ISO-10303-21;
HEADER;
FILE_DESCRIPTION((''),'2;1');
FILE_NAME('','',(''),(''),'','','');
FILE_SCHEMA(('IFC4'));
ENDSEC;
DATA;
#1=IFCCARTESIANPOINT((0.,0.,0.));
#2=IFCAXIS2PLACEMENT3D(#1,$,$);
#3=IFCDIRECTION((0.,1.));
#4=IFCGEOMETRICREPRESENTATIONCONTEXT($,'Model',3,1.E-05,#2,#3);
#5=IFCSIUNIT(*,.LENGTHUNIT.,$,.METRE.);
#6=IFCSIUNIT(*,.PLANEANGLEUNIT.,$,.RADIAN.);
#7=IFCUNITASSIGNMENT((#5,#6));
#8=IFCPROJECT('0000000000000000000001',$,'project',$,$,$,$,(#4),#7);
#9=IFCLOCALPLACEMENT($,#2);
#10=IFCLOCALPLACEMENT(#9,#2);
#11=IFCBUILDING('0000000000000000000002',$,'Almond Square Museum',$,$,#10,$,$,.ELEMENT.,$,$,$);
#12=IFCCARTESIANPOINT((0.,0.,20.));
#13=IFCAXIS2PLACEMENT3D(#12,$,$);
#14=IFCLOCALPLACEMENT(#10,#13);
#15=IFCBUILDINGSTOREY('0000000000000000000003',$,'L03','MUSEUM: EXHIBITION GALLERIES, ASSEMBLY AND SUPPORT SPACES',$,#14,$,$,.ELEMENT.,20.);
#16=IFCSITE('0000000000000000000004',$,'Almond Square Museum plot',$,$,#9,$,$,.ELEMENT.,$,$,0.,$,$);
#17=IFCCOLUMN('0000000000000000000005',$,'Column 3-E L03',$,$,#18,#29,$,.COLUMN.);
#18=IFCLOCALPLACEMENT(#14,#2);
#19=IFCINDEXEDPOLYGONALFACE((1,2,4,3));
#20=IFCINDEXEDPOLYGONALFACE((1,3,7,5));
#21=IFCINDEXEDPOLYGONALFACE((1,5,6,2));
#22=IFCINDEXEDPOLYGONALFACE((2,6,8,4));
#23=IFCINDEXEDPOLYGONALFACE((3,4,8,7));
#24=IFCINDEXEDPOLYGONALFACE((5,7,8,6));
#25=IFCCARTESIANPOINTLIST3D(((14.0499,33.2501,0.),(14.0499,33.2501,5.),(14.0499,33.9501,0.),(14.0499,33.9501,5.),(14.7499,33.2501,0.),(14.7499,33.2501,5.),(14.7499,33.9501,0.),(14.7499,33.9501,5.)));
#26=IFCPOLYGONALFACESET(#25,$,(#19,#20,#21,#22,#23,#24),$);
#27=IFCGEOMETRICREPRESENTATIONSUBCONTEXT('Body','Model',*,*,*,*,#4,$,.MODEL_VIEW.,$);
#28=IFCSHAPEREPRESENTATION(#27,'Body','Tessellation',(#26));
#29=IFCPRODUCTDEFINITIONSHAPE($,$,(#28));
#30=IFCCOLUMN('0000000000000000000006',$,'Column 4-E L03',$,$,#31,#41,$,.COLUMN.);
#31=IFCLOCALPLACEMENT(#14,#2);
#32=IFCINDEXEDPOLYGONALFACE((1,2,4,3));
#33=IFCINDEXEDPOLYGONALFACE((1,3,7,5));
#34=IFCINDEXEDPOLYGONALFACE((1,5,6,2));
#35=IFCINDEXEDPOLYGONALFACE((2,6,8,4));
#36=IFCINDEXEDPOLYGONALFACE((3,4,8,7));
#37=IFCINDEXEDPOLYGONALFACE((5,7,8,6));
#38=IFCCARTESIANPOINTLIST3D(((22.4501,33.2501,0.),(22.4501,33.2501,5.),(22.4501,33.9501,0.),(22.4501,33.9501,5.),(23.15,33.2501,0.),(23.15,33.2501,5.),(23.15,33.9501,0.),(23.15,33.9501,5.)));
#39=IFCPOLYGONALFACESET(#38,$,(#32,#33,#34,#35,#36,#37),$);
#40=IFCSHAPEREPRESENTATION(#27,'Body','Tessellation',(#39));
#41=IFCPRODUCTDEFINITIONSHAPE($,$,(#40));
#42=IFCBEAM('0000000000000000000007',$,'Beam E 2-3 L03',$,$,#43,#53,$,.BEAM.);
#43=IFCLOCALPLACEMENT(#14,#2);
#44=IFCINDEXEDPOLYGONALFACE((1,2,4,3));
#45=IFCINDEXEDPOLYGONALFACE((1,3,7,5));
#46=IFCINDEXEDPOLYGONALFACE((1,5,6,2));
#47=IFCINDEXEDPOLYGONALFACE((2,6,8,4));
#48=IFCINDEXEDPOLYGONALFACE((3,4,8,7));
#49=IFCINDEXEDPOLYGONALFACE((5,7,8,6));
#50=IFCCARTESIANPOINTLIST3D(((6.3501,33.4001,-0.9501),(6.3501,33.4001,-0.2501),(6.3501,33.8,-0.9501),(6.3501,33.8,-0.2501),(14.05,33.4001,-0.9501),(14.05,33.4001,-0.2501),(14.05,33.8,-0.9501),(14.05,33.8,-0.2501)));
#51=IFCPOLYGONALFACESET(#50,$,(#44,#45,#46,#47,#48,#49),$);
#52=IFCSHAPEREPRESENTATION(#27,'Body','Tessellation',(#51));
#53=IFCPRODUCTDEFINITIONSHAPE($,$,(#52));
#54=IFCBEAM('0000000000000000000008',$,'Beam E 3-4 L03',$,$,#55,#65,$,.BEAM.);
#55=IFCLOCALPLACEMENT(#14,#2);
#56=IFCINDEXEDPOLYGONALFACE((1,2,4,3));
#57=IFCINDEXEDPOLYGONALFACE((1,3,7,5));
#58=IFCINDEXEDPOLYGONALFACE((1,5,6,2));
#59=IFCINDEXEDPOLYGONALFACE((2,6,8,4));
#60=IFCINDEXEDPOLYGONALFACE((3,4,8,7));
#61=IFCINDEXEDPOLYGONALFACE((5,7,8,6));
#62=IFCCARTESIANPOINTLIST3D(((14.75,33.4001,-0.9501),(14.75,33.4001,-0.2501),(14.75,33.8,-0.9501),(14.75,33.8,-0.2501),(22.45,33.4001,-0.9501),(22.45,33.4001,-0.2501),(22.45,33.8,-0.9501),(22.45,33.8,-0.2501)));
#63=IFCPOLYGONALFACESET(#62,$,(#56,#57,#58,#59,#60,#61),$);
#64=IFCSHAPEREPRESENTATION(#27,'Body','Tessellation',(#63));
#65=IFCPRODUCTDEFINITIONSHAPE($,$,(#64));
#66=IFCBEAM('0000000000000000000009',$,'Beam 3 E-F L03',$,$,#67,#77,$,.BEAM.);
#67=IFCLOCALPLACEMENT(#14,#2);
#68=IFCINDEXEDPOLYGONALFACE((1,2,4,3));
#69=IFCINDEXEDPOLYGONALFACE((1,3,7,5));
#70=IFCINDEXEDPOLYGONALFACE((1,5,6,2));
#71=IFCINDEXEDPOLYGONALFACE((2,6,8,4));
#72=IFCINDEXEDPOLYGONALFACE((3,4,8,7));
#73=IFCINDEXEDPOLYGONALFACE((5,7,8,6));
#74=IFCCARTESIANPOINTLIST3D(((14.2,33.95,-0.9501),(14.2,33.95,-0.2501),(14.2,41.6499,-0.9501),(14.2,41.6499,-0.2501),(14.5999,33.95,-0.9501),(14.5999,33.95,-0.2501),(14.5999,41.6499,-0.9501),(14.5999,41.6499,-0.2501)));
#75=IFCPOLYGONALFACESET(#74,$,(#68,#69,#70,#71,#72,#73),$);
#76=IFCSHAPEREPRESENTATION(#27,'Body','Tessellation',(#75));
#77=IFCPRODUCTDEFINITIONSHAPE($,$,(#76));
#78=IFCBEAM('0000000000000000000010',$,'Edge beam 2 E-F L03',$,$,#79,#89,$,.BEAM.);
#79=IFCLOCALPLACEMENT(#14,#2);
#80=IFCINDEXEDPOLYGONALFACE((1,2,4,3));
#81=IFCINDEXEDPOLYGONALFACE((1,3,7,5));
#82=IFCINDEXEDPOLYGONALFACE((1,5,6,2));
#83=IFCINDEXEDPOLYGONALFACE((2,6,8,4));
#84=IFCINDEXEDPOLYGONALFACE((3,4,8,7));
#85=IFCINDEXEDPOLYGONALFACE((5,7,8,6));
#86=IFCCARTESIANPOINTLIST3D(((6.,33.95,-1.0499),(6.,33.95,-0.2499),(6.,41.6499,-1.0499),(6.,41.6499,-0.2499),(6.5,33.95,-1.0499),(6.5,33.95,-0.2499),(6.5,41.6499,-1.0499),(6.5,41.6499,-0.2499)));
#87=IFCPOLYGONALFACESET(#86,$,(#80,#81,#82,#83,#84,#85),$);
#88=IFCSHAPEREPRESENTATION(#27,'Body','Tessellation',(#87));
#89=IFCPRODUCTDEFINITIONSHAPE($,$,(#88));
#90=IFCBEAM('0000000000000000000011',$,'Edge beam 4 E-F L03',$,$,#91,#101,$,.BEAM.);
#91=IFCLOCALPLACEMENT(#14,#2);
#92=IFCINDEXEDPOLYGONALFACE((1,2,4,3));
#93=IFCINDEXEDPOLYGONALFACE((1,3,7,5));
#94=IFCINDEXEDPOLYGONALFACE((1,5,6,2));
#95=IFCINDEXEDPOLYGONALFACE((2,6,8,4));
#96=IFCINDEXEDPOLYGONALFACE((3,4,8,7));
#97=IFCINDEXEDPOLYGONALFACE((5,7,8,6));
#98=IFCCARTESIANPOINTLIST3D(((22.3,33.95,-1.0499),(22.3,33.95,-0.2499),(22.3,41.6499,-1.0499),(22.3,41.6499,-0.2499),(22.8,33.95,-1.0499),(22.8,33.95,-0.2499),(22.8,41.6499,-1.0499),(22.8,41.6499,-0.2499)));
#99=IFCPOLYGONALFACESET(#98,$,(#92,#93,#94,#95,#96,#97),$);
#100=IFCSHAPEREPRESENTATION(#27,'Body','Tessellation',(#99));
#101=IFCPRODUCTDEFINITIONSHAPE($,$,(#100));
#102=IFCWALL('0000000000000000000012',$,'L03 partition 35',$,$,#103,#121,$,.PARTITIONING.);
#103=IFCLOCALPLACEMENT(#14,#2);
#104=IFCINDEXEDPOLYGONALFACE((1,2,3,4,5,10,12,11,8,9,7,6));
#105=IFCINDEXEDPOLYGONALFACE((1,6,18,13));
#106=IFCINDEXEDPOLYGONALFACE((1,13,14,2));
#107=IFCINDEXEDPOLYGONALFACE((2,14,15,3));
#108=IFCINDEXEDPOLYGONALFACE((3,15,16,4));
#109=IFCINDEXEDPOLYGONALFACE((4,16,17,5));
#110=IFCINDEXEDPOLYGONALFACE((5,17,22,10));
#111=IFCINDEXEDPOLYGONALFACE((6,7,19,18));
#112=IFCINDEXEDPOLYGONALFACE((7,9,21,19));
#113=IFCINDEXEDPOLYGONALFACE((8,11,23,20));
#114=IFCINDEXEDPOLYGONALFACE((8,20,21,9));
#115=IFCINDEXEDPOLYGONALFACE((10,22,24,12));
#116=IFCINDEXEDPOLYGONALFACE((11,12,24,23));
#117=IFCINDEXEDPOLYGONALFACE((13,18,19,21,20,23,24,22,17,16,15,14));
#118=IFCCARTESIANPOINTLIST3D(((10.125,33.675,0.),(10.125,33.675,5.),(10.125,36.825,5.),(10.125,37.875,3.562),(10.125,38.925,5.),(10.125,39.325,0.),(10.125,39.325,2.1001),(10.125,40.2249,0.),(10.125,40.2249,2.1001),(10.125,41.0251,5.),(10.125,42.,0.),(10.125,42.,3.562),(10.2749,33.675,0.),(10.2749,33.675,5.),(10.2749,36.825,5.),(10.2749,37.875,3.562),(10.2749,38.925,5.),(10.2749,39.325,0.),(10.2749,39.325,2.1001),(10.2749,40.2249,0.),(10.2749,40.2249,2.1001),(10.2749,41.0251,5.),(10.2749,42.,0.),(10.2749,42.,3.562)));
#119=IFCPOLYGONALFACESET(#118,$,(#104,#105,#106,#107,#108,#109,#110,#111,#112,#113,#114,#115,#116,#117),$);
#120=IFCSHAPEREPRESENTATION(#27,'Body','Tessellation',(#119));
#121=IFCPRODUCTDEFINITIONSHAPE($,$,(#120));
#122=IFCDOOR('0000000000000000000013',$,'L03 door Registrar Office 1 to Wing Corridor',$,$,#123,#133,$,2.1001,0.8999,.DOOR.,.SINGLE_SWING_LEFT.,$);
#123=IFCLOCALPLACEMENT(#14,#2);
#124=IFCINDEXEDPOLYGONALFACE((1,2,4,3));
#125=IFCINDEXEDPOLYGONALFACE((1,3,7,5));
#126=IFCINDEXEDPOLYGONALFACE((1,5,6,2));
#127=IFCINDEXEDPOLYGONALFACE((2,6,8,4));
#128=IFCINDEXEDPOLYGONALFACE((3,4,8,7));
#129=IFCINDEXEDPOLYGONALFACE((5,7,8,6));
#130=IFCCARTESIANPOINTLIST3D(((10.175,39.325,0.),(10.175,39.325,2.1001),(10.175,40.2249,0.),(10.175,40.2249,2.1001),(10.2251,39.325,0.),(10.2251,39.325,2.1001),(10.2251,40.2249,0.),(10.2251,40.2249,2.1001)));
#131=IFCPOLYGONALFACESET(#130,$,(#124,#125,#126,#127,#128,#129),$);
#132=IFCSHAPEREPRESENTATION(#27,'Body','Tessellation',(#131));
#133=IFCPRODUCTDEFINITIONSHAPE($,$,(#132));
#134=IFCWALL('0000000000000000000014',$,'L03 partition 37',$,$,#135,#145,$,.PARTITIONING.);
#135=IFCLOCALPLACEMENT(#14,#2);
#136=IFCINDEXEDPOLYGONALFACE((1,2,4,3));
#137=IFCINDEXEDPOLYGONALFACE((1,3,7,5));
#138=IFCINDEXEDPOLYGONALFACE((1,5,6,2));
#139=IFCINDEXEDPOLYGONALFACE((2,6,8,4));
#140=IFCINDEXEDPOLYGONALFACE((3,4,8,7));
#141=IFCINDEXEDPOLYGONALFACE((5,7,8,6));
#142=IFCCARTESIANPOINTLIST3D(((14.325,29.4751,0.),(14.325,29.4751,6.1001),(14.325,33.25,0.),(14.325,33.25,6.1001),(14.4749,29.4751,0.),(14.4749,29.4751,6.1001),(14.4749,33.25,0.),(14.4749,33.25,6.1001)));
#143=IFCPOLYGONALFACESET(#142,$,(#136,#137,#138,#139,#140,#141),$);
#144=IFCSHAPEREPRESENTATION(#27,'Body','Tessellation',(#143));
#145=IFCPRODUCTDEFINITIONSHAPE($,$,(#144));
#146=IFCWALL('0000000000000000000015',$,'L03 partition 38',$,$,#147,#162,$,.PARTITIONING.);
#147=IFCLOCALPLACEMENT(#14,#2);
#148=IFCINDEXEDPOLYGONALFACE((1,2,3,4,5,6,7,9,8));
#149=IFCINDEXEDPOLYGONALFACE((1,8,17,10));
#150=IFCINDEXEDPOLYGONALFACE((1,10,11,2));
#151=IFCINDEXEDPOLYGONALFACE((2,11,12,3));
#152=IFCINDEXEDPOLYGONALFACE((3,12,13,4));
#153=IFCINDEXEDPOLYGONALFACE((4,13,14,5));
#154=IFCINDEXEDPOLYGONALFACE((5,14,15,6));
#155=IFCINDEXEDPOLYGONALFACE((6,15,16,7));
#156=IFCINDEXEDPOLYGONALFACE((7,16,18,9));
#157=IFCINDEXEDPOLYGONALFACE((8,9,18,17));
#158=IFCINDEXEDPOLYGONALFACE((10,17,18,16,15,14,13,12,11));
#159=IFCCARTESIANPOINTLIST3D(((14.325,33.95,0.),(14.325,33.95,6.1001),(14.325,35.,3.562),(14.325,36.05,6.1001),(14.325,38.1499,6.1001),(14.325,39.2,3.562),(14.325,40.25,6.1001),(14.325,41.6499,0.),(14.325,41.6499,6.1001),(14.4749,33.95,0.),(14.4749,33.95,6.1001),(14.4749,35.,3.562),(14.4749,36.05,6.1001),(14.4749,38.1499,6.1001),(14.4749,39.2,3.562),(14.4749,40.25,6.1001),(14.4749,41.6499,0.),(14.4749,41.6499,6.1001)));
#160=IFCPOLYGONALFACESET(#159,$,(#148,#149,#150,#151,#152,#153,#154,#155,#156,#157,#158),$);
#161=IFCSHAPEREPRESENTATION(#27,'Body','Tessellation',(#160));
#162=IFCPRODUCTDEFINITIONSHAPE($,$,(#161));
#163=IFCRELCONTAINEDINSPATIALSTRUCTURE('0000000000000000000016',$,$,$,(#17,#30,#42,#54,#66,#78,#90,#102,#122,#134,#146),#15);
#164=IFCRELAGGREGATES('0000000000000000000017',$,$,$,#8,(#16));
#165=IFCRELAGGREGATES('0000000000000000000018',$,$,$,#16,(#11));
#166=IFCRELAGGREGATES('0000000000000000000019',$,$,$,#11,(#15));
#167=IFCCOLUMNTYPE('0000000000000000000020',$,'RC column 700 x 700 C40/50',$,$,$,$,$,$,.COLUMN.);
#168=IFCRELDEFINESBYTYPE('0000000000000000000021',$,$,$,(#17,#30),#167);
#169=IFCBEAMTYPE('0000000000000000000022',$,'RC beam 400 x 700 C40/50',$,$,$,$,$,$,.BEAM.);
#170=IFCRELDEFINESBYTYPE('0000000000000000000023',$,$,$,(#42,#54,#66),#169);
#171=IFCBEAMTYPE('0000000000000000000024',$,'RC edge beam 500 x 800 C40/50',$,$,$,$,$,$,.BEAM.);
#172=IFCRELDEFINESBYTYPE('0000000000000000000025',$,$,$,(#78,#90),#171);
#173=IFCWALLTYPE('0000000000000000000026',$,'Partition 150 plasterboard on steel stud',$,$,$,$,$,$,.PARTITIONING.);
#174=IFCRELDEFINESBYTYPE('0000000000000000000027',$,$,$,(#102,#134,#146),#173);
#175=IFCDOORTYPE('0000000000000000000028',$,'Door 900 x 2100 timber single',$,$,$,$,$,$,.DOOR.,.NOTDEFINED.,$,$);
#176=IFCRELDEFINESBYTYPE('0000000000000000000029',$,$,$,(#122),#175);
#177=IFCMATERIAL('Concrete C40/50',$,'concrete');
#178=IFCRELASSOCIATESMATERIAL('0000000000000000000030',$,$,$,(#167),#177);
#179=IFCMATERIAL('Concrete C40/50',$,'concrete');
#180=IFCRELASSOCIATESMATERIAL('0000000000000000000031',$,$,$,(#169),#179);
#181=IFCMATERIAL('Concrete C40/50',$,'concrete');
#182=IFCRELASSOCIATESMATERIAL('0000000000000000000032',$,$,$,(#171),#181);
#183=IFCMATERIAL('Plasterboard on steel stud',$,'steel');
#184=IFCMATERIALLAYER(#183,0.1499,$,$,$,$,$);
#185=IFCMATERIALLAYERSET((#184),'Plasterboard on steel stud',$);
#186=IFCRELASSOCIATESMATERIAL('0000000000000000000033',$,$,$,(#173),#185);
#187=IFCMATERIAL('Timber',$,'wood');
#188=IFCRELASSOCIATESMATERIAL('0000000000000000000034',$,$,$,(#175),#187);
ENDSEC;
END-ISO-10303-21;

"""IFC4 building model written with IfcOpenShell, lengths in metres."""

from ifc_helpers import new_model, si_unit, direction, frame, frame_2d, origin, origin_2d, place, context, subcontext, project, spatial, polyline, rectangle, outline, extrude, material, layer, layer_set, material_profile, profile_set, type_object, element, fill, save


model = new_model("IFC4")

# Units and contexts
model_context = context("Model", 3, precision=1e-05, world=origin(), true_north=direction((0.0, 1.0)))
body_context = subcontext(model_context, "Body", "Model", "MODEL_VIEW")
ifc_project = project(units=[si_unit("LENGTHUNIT", "METRE"), si_unit("PLANEANGLEUNIT", "RADIAN")], contexts=[model_context])

# Site, building, storey
site_placement = place(None, origin())
site = spatial("IfcSite", under=ifc_project, at=site_placement, Name="Almond Square Museum plot", CompositionType="ELEMENT", RefElevation=0.0)
building_placement = place(site_placement, origin())
building = spatial("IfcBuilding", under=site, at=building_placement, Name="Almond Square Museum", CompositionType="ELEMENT")
storey_placement = place(building_placement, frame((0.0, 0.0, 20.0)))
storey = spatial("IfcBuildingStorey", under=building, at=storey_placement, Name="L03", Description="MUSEUM: EXHIBITION GALLERIES, ASSEMBLY AND SUPPORT SPACES", CompositionType="ELEMENT", Elevation=20.0)

# Columns
ifc_material_1 = material(Name="Concrete C40/50", Category="concrete")
ifc_material_profile_1 = material_profile(ifc_material_1, rectangle(XDim=0.7, YDim=0.7, at=origin_2d()))
ifc_profile_set_1 = profile_set([ifc_material_profile_1], Name="Concrete C40/50")
column_type = type_object("IfcColumnType", Name="RC column 700 x 700 C40/50", PredefinedType="COLUMN", material=ifc_profile_set_1)
for number, where, z_axis, x_axis, name in (
    (1, (14.3999, 33.6001, 0.0), (0.0, 0.0, 1.0), (1.0, 0.0, 0.0), "Column 3-E L03"),
    (2, (22.8, 33.6001, 0.0), (0.0, 0.0, 1.0), (1.0, 0.0, 0.0), "Column 4-E L03"),
):
    element("IfcColumn", number, at=place(storey_placement, frame(where, z_axis=z_axis, x_axis=x_axis)), inside=storey, type_object=column_type, Name=name, PredefinedType="COLUMN", context=body_context, shape_type="SweptSolid", body=[
        extrude(rectangle(XDim=0.7, YDim=0.7, at=origin_2d()), origin(), (0.0, 0.0, 1.0), 5.0),
    ])

# Beams
ifc_material_2 = material(Name="Concrete C40/50", Category="concrete")
ifc_material_profile_2 = material_profile(ifc_material_2, rectangle(XDim=0.3999, YDim=0.7, at=origin_2d()))
ifc_profile_set_2 = profile_set([ifc_material_profile_2], Name="Concrete C40/50")
beam_type_1 = type_object("IfcBeamType", Name="RC beam 400 x 700 C40/50", PredefinedType="BEAM", material=ifc_profile_set_2)
for number, where, z_axis, x_axis, name in (
    (3, (6.3501, 33.6001, -0.6001), (1.0, 0.0, 0.0), (0.0, 1.0, 0.0), "Beam E 2-3 L03"),
    (4, (14.75, 33.6001, -0.6001), (1.0, 0.0, 0.0), (0.0, 1.0, 0.0), "Beam E 3-4 L03"),
    (5, (14.3999, 33.95, -0.6001), (0.0, 1.0, 0.0), (-1.0, 0.0, 0.0), "Beam 3 E-F L03"),
):
    element("IfcBeam", number, at=place(storey_placement, frame(where, z_axis=z_axis, x_axis=x_axis)), inside=storey, type_object=beam_type_1, Name=name, PredefinedType="BEAM", context=body_context, shape_type="SweptSolid", body=[
        extrude(rectangle(XDim=0.3999, YDim=0.7, at=origin_2d()), origin(), (0.0, 0.0, 1.0), 7.7),
    ])
ifc_material_3 = material(Name="Concrete C40/50", Category="concrete")
ifc_material_profile_3 = material_profile(ifc_material_3, rectangle(XDim=0.5, YDim=0.8, at=origin_2d()))
ifc_profile_set_3 = profile_set([ifc_material_profile_3], Name="Concrete C40/50")
beam_type_2 = type_object("IfcBeamType", Name="RC edge beam 500 x 800 C40/50", PredefinedType="BEAM", material=ifc_profile_set_3)
for number, where, z_axis, x_axis, name in (
    (6, (6.25, 33.95, -0.6499), (0.0, 1.0, 0.0), (-1.0, 0.0, 0.0), "Edge beam 2 E-F L03"),
    (7, (22.55, 33.95, -0.6499), (0.0, 1.0, 0.0), (-1.0, 0.0, 0.0), "Edge beam 4 E-F L03"),
):
    element("IfcBeam", number, at=place(storey_placement, frame(where, z_axis=z_axis, x_axis=x_axis)), inside=storey, type_object=beam_type_2, Name=name, PredefinedType="BEAM", context=body_context, shape_type="SweptSolid", body=[
        extrude(rectangle(XDim=0.5, YDim=0.8, at=origin_2d()), origin(), (0.0, 0.0, 1.0), 7.7),
    ])

# Wall, opening, door
ifc_material_4 = material(Name="Plasterboard on steel stud", Category="steel")
ifc_layer_1 = layer(ifc_material_4, 0.1499)
ifc_layer_set_1 = layer_set([ifc_layer_1], Name="Plasterboard on steel stud")
wall_type_1 = type_object("IfcWallType", Name="Partition 150 plasterboard on steel stud", PredefinedType="PARTITIONING", material=ifc_layer_set_1)
wall_1_placement = place(storey_placement, frame((10.2, 33.675, 0.0), z_axis=(0.0, 0.0, 1.0), x_axis=(0.0, 1.0, 0.0)))
wall_1 = element("IfcWall", 8, at=wall_1_placement, inside=storey, type_object=wall_type_1, Name="L03 partition 35", PredefinedType="PARTITIONING", context=body_context, shape_type="SweptSolid", body=[
    extrude(outline(polyline([(0.0, 0.0), (8.325, 0.0), (8.325, 3.562), (7.3501, 5.0), (5.25, 5.0), (4.2, 3.562), (3.1499, 5.0), (0.0, 5.0), (0.0, 0.0)])), frame((0.0, 0.075, 0.0), z_axis=(0.0, -1.0, 0.0), x_axis=(1.0, 0.0, 0.0)), (0.0, 0.0, 1.0), 0.1499),
])
opening_1_placement = place(wall_1_placement, frame((5.6499, 0.0, 0.0)))
opening_1 = element("IfcOpeningElement", 9, at=opening_1_placement, cuts=wall_1, PredefinedType="OPENING", context=body_context, shape_type="SweptSolid", body=[
    extrude(rectangle(XDim=0.8999, YDim=2.1001, at=frame_2d((0.45, 1.05))), frame((0.0, 0.085, 0.0), z_axis=(0.0, -1.0, 0.0), x_axis=(1.0, 0.0, 0.0)), (0.0, 0.0, 1.0), 0.1699),
])
ifc_material_5 = material(Name="Timber", Category="wood")
door_type_1 = type_object("IfcDoorType", Name="Door 900 x 2100 timber single", OperationType="NOTDEFINED", PredefinedType="DOOR", material=ifc_material_5)
door_1_placement = place(opening_1_placement, origin())
door_1 = element("IfcDoor", 10, at=door_1_placement, inside=storey, type_object=door_type_1, Name="L03 door Registrar Office 1 to Wing Corridor", OperationType="SINGLE_SWING_LEFT", OverallHeight=2.1001, OverallWidth=0.8999, PredefinedType="DOOR", context=body_context, shape_type="SweptSolid", body=[
    extrude(rectangle(XDim=0.8999, YDim=2.1001, at=frame_2d((0.45, 1.05))), frame((0.0, 0.0249, 0.0), z_axis=(0.0, -1.0, 0.0), x_axis=(1.0, 0.0, 0.0)), (0.0, 0.0, 1.0), 0.05),
])
fill(opening_1, door_1)

# Walls
wall_2_placement = place(storey_placement, frame((14.3999, 29.4751, 0.0), z_axis=(0.0, 0.0, 1.0), x_axis=(0.0, 1.0, 0.0)))
element("IfcWall", 11, at=wall_2_placement, inside=storey, type_object=wall_type_1, Name="L03 partition 37", PredefinedType="PARTITIONING", context=body_context, shape_type="SweptSolid", body=[
    extrude(rectangle(XDim=3.7749, YDim=0.1499, at=frame_2d((1.8875, 0.0))), origin(), (0.0, 0.0, 1.0), 6.1001),
])
wall_3_placement = place(storey_placement, frame((14.3999, 33.95, 0.0), z_axis=(0.0, 0.0, 1.0), x_axis=(0.0, 1.0, 0.0)))
element("IfcWall", 12, at=wall_3_placement, inside=storey, type_object=wall_type_1, Name="L03 partition 38", PredefinedType="PARTITIONING", context=body_context, shape_type="SweptSolid", body=[
    extrude(outline(polyline([(0.0, 0.0), (7.7, 0.0), (7.7, 6.1001), (6.3, 6.1001), (5.25, 3.562), (4.2, 6.1001), (2.1001, 6.1001), (1.05, 3.562), (0.0, 6.1001), (0.0, 0.0)])), frame((0.0, 0.075, 0.0), z_axis=(0.0, -1.0, 0.0), x_axis=(1.0, 0.0, 0.0)), (0.0, 0.0, 1.0), 0.1499),
])

save(model, "model.ifc")
